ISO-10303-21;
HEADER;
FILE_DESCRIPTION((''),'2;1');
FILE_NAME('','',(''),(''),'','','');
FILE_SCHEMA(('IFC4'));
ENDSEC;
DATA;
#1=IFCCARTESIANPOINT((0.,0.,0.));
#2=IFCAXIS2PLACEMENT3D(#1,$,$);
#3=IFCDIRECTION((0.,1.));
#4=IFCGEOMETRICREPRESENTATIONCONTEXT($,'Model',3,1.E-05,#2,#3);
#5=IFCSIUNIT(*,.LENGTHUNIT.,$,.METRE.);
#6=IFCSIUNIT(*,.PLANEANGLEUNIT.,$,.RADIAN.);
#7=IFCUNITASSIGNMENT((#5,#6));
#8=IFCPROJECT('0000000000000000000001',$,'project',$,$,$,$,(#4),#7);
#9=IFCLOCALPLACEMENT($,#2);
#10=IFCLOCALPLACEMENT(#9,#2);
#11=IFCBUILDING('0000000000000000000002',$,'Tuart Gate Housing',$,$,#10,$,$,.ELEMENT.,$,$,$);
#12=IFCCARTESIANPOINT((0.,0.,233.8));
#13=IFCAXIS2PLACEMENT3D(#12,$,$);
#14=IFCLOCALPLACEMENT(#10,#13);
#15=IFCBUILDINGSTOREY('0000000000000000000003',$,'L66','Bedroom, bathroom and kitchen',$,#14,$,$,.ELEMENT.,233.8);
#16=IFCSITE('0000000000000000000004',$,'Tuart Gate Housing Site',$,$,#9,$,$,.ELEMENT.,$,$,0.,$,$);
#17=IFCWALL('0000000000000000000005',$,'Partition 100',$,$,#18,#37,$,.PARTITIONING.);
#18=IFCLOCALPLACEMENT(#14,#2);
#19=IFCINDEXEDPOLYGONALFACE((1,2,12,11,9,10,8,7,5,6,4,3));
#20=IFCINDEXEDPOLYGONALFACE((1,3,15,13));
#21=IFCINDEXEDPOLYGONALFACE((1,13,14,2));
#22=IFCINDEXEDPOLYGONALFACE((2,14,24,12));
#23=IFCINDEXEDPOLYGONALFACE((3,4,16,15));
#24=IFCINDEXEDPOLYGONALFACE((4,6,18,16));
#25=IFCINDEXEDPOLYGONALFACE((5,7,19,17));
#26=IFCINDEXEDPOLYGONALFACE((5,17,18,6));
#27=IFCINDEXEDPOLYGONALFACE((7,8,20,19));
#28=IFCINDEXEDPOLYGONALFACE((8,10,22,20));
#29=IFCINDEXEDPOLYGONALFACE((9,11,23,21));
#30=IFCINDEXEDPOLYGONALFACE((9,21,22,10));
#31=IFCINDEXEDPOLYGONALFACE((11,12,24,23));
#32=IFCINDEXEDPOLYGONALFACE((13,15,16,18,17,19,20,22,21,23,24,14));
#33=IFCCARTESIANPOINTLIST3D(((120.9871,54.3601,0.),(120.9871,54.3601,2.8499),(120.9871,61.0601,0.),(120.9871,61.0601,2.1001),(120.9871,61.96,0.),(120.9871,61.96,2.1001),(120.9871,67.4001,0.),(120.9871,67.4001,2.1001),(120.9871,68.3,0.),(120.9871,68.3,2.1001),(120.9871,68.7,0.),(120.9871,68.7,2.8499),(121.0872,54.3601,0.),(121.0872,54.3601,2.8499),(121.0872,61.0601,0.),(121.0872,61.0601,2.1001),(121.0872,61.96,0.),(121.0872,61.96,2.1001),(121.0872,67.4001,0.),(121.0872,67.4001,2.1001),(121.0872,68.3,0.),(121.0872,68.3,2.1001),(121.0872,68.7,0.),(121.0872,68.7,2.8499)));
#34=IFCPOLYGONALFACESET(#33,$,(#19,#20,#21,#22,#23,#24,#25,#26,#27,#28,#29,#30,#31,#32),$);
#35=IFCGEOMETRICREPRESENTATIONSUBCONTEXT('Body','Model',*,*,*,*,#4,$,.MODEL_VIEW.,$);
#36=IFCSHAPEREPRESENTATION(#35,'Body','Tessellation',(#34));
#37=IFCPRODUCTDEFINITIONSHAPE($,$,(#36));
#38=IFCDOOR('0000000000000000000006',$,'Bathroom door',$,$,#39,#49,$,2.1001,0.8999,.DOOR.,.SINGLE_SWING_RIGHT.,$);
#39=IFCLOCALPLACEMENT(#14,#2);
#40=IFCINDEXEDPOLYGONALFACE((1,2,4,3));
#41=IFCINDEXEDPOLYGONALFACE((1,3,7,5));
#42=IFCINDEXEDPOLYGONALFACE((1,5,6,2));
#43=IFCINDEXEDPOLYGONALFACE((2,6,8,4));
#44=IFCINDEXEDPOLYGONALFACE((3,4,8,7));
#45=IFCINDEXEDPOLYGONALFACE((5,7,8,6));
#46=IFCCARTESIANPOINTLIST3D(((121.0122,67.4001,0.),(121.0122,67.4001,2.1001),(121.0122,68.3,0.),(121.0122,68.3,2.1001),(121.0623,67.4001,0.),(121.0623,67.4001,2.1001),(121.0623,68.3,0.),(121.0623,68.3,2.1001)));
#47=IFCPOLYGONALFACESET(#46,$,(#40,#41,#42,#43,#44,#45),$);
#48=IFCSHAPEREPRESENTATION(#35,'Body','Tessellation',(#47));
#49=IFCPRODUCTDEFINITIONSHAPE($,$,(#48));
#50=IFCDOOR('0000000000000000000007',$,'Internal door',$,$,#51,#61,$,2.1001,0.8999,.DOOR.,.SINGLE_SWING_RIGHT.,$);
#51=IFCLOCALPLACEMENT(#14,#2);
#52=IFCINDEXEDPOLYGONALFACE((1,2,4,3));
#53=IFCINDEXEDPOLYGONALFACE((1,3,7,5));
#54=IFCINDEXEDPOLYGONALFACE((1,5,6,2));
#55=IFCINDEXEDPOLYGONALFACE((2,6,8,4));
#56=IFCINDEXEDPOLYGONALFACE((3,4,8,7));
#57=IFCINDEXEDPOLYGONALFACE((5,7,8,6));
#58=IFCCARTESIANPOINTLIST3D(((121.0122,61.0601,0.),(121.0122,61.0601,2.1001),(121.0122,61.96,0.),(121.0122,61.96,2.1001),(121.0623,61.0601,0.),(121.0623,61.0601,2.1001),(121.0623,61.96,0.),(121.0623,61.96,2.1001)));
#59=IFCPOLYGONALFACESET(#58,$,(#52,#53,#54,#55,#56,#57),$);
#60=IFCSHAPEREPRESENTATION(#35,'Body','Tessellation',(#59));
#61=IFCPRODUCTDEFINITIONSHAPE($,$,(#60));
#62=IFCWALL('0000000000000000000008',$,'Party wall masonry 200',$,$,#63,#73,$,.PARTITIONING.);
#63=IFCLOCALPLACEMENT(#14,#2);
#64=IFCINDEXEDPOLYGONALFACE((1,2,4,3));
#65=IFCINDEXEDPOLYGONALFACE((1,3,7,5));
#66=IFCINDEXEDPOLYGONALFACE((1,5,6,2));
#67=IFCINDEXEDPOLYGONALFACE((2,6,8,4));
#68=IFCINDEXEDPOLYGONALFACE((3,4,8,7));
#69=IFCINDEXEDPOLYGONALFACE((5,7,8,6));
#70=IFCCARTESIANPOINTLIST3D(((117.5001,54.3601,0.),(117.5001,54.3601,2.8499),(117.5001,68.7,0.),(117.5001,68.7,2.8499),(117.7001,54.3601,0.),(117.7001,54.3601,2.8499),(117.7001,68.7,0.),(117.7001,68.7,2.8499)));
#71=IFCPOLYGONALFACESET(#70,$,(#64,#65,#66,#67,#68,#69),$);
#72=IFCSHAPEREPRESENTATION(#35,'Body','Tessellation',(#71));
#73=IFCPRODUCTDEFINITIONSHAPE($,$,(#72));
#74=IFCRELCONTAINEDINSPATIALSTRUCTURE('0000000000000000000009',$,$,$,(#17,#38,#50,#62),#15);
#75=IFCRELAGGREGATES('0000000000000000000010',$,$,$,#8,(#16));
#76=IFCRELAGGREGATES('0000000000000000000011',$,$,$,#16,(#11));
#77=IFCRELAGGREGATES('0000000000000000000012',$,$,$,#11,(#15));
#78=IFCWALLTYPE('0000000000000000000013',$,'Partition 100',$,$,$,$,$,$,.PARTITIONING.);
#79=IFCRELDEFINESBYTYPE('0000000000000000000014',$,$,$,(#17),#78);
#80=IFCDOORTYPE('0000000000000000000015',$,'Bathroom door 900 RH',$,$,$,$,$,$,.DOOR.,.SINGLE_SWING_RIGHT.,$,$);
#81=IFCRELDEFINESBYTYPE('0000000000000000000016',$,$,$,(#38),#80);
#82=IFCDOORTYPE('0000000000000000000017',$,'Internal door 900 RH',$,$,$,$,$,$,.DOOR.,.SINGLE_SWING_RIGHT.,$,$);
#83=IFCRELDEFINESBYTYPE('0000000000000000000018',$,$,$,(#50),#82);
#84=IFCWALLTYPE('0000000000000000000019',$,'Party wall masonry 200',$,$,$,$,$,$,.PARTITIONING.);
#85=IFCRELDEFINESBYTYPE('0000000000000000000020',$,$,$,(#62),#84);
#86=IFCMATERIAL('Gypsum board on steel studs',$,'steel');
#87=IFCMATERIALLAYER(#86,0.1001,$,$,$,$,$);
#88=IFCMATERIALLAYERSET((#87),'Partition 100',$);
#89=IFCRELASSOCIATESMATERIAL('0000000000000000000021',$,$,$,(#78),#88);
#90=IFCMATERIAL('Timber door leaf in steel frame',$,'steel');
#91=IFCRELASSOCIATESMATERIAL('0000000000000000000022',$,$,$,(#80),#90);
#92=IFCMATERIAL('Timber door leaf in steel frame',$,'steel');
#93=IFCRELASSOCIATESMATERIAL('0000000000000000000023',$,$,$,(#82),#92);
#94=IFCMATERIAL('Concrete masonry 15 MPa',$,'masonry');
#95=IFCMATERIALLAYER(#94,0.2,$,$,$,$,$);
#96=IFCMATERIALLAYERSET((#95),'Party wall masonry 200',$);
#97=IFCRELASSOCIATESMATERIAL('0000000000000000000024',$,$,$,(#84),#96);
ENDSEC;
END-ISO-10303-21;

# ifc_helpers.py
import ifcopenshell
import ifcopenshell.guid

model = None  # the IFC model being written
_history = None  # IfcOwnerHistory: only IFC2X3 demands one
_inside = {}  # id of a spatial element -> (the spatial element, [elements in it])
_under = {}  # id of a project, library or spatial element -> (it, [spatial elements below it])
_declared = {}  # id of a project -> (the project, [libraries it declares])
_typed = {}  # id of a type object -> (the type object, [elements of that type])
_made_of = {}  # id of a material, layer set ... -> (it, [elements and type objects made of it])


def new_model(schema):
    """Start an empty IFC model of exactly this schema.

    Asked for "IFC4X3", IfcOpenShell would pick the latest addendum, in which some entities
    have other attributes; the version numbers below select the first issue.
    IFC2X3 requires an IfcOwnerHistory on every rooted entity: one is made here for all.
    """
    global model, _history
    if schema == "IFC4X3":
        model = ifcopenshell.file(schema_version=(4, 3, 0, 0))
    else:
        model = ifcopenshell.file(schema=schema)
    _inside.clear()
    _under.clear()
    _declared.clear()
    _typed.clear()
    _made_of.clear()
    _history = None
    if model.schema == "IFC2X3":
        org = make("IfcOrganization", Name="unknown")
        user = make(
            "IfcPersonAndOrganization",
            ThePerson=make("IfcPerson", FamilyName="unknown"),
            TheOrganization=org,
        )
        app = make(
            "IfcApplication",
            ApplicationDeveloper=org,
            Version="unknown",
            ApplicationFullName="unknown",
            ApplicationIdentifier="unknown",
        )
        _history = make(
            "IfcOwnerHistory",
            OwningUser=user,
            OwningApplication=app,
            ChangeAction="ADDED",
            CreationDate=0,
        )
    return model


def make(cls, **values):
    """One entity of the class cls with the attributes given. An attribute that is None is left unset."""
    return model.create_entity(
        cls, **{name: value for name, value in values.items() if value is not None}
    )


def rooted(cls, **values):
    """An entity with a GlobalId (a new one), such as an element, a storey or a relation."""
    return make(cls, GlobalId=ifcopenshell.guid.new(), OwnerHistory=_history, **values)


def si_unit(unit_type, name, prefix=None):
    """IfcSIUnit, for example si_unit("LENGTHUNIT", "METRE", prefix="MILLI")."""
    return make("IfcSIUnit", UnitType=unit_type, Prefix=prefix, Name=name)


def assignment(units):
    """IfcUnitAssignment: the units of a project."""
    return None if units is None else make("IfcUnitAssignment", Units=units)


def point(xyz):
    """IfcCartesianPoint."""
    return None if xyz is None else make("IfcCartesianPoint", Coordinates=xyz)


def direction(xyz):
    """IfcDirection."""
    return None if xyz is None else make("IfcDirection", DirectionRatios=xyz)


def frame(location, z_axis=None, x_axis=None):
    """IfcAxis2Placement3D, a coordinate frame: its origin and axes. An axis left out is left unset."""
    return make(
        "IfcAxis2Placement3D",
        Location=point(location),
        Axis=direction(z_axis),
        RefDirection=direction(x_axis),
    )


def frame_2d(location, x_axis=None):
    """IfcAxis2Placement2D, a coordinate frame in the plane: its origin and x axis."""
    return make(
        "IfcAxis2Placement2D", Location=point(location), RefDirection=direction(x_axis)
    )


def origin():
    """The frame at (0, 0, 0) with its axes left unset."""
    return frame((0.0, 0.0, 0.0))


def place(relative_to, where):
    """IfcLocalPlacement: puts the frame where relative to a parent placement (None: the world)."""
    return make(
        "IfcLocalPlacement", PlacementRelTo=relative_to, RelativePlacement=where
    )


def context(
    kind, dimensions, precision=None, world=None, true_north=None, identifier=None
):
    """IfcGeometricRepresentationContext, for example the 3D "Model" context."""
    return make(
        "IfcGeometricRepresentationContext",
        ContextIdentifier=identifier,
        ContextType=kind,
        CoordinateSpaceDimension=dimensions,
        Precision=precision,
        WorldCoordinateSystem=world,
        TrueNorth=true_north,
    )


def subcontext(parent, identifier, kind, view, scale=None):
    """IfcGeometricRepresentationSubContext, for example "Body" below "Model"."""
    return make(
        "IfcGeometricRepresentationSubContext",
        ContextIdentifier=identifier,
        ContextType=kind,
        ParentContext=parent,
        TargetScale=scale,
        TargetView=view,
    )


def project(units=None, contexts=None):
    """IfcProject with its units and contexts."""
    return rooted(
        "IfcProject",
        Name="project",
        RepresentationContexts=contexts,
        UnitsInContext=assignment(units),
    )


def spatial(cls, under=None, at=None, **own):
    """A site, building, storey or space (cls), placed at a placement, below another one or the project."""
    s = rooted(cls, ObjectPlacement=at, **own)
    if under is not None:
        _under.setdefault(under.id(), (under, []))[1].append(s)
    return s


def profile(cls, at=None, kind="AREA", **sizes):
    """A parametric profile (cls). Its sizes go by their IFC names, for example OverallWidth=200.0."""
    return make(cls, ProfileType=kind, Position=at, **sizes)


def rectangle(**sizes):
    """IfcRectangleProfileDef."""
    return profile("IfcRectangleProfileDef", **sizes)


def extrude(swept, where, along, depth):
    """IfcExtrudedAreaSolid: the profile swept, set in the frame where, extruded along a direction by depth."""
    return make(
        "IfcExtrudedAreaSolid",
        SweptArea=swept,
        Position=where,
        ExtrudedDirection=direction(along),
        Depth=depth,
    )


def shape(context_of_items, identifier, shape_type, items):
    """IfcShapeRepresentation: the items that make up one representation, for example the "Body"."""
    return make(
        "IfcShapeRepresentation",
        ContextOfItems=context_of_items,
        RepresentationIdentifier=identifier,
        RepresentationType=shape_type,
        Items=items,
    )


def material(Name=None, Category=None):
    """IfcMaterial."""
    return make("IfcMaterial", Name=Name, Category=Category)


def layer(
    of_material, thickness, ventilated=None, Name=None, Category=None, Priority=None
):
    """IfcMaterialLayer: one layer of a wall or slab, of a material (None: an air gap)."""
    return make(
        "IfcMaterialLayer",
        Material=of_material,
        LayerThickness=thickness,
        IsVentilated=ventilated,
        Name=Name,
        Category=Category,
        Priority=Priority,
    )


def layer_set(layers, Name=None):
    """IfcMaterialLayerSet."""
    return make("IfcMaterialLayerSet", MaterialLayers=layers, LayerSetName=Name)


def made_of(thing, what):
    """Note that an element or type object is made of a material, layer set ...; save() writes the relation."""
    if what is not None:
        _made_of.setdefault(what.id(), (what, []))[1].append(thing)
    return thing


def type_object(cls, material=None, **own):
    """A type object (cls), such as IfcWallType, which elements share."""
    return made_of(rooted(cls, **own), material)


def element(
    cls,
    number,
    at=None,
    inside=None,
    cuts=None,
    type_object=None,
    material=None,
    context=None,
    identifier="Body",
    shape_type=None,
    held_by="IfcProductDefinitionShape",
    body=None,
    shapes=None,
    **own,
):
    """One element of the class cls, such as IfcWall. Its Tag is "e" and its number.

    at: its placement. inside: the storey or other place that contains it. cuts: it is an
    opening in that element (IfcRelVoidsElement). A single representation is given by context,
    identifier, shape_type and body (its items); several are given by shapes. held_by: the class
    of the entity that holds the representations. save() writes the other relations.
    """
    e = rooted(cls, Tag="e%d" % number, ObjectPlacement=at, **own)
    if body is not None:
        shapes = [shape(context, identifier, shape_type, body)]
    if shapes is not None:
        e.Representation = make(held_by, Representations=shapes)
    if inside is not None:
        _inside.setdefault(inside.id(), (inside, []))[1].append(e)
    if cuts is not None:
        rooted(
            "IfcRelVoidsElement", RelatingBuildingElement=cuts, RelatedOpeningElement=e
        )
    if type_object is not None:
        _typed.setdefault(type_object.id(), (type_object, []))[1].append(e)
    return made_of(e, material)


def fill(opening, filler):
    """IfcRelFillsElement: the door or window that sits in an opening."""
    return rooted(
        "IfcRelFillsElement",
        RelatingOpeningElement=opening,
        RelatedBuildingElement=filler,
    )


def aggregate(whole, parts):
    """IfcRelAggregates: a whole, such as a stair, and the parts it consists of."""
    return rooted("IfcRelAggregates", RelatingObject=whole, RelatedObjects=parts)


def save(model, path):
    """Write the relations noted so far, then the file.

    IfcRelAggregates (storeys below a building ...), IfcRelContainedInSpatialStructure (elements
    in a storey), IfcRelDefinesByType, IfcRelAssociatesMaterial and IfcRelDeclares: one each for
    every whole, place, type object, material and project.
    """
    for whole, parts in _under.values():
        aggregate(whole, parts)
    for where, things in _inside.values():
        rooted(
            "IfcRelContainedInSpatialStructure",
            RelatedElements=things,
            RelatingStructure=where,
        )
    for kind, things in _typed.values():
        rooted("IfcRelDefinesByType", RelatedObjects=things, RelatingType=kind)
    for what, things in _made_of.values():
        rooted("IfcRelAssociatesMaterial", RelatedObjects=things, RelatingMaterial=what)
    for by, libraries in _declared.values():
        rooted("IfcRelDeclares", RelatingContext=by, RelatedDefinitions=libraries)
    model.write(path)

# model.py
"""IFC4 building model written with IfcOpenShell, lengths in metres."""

from ifc_helpers import new_model, si_unit, direction, frame, frame_2d, origin, place, context, subcontext, project, spatial, rectangle, extrude, material, layer, layer_set, type_object, element, fill, save


model = new_model("IFC4")

# Units and contexts
model_context = context("Model", 3, precision=1e-05, world=origin(), true_north=direction((0.0, 1.0)))
body_context = subcontext(model_context, "Body", "Model", "MODEL_VIEW")
ifc_project = project(units=[si_unit("LENGTHUNIT", "METRE"), si_unit("PLANEANGLEUNIT", "RADIAN")], contexts=[model_context])

# Site, building, storey
site_placement = place(None, origin())
site = spatial("IfcSite", under=ifc_project, at=site_placement, Name="Tuart Gate Housing Site", CompositionType="ELEMENT", RefElevation=0.0)
building_placement = place(site_placement, origin())
building = spatial("IfcBuilding", under=site, at=building_placement, Name="Tuart Gate Housing", CompositionType="ELEMENT")
storey_placement = place(building_placement, frame((0.0, 0.0, 233.8)))
storey = spatial("IfcBuildingStorey", under=building, at=storey_placement, Name="L66", Description="Bedroom, bathroom and kitchen", CompositionType="ELEMENT", Elevation=233.8)

# Shared definitions
ifc_material_1 = material(Name="Gypsum board on steel studs", Category="steel")
ifc_layer_1 = layer(ifc_material_1, 0.1001)
ifc_layer_set_1 = layer_set([ifc_layer_1], Name="Partition 100")
wall_type_1 = type_object("IfcWallType", Name="Partition 100", PredefinedType="PARTITIONING", material=ifc_layer_set_1)

# Wall, openings, doors
wall_1_placement = place(storey_placement, frame((121.0371, 54.3601, 0.0), z_axis=(0.0, 0.0, 1.0), x_axis=(0.0, 1.0, 0.0)))
wall_1 = element("IfcWall", 1, at=wall_1_placement, inside=storey, type_object=wall_type_1, Name="Partition 100", PredefinedType="PARTITIONING", context=body_context, shape_type="SweptSolid", body=[
    extrude(rectangle(XDim=14.3398, YDim=0.1001, at=frame_2d((7.1699, 0.0))), origin(), (0.0, 0.0, 1.0), 2.8499),
])
opening_1_placement = place(wall_1_placement, frame((6.7, 0.0, 0.0)))
opening_1 = element("IfcOpeningElement", 2, at=opening_1_placement, cuts=wall_1, PredefinedType="OPENING", context=body_context, shape_type="SweptSolid", body=[
    extrude(rectangle(XDim=0.8999, YDim=2.1001, at=frame_2d((0.45, 1.05))), frame((0.0, 0.0601, 0.0), z_axis=(0.0, -1.0, 0.0), x_axis=(1.0, 0.0, 0.0)), (0.0, 0.0, 1.0), 0.1201),
])
opening_2_placement = place(wall_1_placement, frame((13.04, 0.0, 0.0)))
opening_2 = element("IfcOpeningElement", 3, at=opening_2_placement, cuts=wall_1, PredefinedType="OPENING", context=body_context, shape_type="SweptSolid", body=[
    extrude(rectangle(XDim=0.8999, YDim=2.1001, at=frame_2d((0.45, 1.05))), frame((0.0, 0.0601, 0.0), z_axis=(0.0, -1.0, 0.0), x_axis=(1.0, 0.0, 0.0)), (0.0, 0.0, 1.0), 0.1201),
])
ifc_material_2 = material(Name="Timber door leaf in steel frame", Category="steel")
door_type_1 = type_object("IfcDoorType", Name="Bathroom door 900 RH", OperationType="SINGLE_SWING_RIGHT", PredefinedType="DOOR", material=ifc_material_2)
door_1_placement = place(opening_2_placement, origin())
door_1 = element("IfcDoor", 4, at=door_1_placement, inside=storey, type_object=door_type_1, Name="Bathroom door", OperationType="SINGLE_SWING_RIGHT", OverallHeight=2.1001, OverallWidth=0.8999, PredefinedType="DOOR", context=body_context, shape_type="SweptSolid", body=[
    extrude(rectangle(XDim=0.8999, YDim=2.1001, at=frame_2d((0.45, 1.05))), frame((0.0, 0.0249, 0.0), z_axis=(0.0, -1.0, 0.0), x_axis=(1.0, 0.0, 0.0)), (0.0, 0.0, 1.0), 0.05),
])
fill(opening_2, door_1)
ifc_material_3 = material(Name="Timber door leaf in steel frame", Category="steel")
door_type_2 = type_object("IfcDoorType", Name="Internal door 900 RH", OperationType="SINGLE_SWING_RIGHT", PredefinedType="DOOR", material=ifc_material_3)
door_2_placement = place(opening_1_placement, origin())
door_2 = element("IfcDoor", 5, at=door_2_placement, inside=storey, type_object=door_type_2, Name="Internal door", OperationType="SINGLE_SWING_RIGHT", OverallHeight=2.1001, OverallWidth=0.8999, PredefinedType="DOOR", context=body_context, shape_type="SweptSolid", body=[
    extrude(rectangle(XDim=0.8999, YDim=2.1001, at=frame_2d((0.45, 1.05))), frame((0.0, 0.0249, 0.0), z_axis=(0.0, -1.0, 0.0), x_axis=(1.0, 0.0, 0.0)), (0.0, 0.0, 1.0), 0.05),
])
fill(opening_1, door_2)

# Wall
ifc_material_4 = material(Name="Concrete masonry 15 MPa", Category="masonry")
ifc_layer_2 = layer(ifc_material_4, 0.2)
ifc_layer_set_2 = layer_set([ifc_layer_2], Name="Party wall masonry 200")
wall_type_2 = type_object("IfcWallType", Name="Party wall masonry 200", PredefinedType="PARTITIONING", material=ifc_layer_set_2)
wall_2_placement = place(storey_placement, frame((117.6001, 54.3601, 0.0), z_axis=(0.0, 0.0, 1.0), x_axis=(0.0, 1.0, 0.0)))
element("IfcWall", 6, at=wall_2_placement, inside=storey, type_object=wall_type_2, Name="Party wall masonry 200", PredefinedType="PARTITIONING", context=body_context, shape_type="SweptSolid", body=[
    extrude(rectangle(XDim=14.3398, YDim=0.2, at=frame_2d((7.1699, 0.0))), origin(), (0.0, 0.0, 1.0), 2.8499),
])

save(model, "model.ifc")
